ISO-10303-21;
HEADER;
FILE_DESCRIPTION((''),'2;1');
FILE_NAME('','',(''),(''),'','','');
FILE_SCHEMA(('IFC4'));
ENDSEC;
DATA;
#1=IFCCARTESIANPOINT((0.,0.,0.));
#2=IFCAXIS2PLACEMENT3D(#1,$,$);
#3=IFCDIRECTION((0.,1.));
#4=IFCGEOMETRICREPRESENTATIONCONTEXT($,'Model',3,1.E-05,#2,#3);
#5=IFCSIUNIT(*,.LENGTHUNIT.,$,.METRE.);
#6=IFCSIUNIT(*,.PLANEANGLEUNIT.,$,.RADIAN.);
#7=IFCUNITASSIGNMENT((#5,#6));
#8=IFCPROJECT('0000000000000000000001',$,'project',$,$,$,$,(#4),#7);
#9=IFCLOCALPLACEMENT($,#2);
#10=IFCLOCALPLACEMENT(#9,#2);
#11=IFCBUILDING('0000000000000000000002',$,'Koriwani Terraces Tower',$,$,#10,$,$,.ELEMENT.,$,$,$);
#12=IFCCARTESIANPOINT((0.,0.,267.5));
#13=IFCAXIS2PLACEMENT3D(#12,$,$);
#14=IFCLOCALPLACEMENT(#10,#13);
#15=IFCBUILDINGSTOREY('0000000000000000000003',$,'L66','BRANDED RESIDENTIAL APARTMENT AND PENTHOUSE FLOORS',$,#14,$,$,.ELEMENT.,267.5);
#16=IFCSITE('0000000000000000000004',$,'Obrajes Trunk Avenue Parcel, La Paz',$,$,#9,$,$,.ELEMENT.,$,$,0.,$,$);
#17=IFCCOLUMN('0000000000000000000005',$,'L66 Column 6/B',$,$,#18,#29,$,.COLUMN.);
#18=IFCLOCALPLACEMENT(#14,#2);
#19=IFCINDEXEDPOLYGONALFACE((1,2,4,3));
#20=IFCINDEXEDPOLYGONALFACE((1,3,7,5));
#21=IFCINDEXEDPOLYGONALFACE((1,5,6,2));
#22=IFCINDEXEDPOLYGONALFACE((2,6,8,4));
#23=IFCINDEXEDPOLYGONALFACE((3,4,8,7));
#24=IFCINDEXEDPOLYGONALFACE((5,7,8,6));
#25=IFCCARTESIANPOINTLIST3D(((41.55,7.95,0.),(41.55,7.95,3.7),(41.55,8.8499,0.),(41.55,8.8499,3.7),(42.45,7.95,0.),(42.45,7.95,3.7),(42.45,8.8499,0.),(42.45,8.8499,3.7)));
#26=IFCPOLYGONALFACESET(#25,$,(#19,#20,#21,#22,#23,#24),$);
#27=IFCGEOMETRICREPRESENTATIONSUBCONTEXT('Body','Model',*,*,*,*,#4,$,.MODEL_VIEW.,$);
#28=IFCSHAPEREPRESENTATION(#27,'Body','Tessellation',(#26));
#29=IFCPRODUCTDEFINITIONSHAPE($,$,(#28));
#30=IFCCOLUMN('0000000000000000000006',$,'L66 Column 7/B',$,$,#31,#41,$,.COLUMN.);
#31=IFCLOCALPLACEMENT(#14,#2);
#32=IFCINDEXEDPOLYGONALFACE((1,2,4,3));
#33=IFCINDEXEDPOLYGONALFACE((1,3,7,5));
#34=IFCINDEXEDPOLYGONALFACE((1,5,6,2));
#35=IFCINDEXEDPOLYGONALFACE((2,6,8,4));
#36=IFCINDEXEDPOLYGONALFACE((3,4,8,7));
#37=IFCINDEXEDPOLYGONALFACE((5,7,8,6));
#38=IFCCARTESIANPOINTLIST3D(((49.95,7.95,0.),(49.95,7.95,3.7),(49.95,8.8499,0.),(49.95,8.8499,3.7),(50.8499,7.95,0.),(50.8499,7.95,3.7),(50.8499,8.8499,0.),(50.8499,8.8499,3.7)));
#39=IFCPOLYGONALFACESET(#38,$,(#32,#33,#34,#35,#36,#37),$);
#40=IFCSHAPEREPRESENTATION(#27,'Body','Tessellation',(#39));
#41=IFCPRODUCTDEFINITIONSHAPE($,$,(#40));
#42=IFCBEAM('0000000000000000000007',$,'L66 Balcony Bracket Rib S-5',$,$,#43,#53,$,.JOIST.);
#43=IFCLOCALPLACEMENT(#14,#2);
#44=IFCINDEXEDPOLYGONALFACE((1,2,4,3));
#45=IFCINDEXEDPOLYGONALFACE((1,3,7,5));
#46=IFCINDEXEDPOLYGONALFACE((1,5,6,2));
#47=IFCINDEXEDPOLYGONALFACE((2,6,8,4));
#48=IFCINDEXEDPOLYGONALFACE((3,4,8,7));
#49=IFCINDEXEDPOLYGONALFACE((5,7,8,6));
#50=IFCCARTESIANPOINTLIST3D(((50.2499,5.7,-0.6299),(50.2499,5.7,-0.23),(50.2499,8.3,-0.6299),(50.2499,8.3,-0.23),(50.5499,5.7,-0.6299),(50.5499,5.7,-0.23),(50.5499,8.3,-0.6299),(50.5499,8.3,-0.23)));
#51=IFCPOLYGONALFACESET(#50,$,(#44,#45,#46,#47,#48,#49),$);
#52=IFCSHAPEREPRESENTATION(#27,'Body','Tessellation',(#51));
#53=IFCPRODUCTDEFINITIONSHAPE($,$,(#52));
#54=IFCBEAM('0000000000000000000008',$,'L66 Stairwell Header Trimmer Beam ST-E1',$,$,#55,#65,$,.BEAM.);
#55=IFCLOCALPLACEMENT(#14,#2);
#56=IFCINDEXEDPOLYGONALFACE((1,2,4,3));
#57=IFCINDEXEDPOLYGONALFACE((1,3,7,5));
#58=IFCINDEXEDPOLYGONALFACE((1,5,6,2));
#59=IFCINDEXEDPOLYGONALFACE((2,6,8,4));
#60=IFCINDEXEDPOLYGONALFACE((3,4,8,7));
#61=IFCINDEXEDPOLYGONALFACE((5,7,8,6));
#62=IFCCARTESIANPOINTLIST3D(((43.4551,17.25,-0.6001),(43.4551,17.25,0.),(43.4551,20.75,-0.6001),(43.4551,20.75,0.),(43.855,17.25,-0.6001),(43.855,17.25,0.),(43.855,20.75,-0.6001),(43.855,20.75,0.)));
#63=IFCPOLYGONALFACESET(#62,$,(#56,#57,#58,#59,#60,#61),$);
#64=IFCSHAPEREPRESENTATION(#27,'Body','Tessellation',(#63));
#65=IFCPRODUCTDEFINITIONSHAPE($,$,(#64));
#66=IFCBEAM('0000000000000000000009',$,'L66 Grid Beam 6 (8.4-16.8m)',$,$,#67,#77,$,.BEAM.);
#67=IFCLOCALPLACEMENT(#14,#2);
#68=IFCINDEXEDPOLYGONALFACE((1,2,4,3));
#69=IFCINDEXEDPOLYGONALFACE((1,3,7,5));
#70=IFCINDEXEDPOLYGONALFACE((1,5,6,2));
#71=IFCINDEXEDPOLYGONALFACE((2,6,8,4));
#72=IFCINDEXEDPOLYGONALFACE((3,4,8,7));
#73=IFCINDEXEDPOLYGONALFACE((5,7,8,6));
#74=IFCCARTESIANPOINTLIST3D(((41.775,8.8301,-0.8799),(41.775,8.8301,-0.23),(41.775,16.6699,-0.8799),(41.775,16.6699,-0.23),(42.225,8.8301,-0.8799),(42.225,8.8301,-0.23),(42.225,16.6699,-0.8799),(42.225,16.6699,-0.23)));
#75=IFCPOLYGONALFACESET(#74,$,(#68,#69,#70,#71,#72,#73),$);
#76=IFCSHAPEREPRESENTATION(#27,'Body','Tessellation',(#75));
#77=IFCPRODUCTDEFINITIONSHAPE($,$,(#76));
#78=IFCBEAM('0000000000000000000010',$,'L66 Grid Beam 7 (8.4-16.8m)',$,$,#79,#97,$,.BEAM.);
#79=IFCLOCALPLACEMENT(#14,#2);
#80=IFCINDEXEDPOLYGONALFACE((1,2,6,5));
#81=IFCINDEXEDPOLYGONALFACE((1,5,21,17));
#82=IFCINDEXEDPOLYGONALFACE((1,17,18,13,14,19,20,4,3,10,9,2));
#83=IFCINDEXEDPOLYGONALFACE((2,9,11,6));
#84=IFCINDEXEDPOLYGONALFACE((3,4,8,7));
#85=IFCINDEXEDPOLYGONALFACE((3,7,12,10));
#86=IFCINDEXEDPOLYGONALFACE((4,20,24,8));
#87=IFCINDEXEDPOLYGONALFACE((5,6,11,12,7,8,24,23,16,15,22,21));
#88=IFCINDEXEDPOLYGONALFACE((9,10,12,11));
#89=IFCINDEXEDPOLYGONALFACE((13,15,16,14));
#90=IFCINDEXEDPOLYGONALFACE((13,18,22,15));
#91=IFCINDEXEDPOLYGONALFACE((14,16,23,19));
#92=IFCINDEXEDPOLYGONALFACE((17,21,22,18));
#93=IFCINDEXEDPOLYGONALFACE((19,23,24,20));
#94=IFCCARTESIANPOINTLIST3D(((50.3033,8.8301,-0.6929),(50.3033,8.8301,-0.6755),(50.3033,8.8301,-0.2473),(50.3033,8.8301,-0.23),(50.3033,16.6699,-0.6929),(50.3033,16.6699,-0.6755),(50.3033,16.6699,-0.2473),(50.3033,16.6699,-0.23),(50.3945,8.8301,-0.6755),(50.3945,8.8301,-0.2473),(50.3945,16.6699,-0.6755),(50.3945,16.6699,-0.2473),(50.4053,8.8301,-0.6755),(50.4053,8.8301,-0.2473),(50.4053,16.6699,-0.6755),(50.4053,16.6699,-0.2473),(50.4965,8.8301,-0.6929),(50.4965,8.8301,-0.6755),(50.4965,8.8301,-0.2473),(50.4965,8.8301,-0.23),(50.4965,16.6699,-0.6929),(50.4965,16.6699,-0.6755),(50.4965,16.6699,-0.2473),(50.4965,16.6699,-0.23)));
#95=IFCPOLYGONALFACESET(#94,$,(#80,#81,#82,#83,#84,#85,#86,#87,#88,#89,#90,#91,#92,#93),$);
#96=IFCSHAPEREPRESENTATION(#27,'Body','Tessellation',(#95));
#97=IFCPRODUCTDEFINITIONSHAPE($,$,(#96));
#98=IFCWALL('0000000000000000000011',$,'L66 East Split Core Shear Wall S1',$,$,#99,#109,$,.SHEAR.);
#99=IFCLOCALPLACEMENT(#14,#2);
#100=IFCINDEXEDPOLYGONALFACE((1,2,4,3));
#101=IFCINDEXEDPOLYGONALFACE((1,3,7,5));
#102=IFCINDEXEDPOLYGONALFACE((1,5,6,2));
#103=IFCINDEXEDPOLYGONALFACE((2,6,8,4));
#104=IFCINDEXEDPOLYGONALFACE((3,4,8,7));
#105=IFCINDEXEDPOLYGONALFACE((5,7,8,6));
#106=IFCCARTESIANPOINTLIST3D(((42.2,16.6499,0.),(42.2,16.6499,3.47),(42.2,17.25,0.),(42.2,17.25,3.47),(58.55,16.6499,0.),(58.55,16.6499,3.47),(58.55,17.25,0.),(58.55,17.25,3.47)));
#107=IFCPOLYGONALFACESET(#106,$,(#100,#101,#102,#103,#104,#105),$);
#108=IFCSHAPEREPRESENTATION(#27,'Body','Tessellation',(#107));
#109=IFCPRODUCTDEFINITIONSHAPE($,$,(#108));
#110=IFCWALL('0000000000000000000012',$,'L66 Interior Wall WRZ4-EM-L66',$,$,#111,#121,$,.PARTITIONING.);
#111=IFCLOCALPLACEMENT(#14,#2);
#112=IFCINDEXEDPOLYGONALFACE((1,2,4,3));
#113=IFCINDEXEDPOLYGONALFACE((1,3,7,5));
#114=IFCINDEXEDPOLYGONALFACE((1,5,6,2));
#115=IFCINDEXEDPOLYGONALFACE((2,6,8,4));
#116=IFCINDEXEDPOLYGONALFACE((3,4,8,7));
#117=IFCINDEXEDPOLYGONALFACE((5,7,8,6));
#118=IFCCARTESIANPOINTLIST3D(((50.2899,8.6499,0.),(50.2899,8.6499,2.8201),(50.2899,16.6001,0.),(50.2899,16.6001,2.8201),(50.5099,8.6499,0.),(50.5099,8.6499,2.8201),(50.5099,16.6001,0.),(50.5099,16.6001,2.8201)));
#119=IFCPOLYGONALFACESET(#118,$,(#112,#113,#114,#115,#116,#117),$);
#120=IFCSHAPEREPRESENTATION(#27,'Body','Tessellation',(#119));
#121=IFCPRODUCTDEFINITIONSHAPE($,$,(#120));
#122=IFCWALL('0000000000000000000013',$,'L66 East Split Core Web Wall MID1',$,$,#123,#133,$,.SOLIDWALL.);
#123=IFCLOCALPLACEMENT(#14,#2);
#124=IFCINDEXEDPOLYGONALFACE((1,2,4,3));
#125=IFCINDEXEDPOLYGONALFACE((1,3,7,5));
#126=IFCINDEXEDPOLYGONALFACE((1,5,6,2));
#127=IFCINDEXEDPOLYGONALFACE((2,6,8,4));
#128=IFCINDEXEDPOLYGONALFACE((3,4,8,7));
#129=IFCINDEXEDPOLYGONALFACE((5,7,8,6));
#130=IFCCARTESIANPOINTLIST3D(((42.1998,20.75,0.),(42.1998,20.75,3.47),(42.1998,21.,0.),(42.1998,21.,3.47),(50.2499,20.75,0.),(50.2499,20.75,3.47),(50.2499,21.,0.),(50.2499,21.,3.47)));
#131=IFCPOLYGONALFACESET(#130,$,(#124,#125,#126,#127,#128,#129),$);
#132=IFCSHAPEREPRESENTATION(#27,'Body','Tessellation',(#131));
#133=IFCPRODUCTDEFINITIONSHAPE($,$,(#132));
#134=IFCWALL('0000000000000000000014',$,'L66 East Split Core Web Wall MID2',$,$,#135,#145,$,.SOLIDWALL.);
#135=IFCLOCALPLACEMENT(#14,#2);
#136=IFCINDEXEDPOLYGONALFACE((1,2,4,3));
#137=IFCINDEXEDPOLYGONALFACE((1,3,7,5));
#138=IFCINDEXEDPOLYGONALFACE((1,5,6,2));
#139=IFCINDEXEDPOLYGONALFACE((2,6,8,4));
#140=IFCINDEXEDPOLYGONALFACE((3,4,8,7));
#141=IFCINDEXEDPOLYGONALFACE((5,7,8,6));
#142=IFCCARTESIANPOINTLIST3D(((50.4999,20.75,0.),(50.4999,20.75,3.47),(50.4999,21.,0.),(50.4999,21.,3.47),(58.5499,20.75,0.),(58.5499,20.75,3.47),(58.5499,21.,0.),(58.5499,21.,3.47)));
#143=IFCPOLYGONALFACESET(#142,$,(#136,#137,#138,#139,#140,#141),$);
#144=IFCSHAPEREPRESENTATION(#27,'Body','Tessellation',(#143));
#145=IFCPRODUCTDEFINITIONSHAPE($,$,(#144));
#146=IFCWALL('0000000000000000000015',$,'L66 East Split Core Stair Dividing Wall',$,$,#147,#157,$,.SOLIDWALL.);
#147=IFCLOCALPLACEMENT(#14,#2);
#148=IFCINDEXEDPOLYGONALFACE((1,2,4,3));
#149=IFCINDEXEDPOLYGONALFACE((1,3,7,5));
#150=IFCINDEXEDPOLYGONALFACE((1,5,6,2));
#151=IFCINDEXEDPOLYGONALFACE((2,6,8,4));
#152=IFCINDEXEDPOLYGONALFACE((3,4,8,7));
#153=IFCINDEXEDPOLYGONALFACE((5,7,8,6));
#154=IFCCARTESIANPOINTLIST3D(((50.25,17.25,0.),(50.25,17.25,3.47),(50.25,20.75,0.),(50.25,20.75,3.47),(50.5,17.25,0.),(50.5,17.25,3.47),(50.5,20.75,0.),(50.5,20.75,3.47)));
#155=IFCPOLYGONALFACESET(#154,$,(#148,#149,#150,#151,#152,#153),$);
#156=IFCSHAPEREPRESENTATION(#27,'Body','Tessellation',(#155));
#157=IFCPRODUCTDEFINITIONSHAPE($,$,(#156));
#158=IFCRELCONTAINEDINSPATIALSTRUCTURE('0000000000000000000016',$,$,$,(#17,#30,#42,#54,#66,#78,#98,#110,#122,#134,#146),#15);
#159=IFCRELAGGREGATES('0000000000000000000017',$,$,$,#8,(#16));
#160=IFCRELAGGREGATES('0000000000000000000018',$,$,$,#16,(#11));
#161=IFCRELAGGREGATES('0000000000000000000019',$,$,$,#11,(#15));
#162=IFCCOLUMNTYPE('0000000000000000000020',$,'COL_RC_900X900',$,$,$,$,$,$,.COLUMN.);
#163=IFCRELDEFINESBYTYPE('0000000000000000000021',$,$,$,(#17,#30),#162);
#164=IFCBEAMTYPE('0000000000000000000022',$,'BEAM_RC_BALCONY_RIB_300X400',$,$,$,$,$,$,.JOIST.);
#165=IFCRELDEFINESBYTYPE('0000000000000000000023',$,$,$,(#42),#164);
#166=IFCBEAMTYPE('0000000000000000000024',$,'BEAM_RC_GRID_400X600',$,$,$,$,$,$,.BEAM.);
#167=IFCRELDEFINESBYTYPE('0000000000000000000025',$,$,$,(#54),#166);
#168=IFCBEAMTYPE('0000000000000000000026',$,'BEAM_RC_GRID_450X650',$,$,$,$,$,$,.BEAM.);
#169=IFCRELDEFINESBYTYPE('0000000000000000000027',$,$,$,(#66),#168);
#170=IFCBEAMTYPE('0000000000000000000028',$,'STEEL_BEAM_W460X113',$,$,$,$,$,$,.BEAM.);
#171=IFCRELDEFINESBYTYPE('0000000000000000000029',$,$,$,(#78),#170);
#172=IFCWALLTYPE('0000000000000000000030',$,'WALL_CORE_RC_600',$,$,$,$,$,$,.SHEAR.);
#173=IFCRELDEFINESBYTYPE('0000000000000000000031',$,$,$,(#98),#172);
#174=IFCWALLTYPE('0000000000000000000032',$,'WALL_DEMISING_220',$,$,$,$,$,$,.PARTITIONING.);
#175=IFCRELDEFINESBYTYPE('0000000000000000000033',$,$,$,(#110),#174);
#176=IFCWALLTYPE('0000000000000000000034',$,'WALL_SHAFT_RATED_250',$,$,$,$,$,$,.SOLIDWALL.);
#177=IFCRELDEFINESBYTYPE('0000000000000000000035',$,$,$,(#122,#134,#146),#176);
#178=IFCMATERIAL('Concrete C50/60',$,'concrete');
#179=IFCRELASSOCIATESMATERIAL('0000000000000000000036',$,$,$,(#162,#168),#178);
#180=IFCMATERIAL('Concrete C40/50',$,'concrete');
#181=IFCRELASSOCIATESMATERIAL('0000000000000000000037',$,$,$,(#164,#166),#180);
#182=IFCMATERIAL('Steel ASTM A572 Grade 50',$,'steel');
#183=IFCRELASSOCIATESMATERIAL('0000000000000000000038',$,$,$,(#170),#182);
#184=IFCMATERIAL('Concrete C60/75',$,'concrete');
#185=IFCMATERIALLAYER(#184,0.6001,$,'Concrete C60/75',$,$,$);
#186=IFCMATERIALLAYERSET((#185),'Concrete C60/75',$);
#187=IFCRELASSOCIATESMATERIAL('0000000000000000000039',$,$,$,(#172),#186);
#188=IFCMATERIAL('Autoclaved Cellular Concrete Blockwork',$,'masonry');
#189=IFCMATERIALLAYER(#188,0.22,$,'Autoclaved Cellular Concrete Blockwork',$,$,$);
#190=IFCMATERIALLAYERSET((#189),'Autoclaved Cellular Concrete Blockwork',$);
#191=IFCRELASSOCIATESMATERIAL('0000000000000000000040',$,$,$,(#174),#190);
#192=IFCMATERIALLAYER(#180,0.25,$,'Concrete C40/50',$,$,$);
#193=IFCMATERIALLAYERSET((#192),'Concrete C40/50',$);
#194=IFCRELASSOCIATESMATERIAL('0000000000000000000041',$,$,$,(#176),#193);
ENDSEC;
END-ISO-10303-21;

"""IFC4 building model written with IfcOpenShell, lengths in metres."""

from ifc_helpers import new_model, si_unit, direction, frame, frame_2d, origin, origin_2d, place, context, subcontext, project, spatial, rectangle, i_section, extrude, material, layer, layer_set, material_profile, profile_set, type_object, element, save


model = new_model("IFC4")

# Units and contexts
model_context = context("Model", 3, precision=1e-05, world=origin(), true_north=direction((0.0, 1.0)))
body_context = subcontext(model_context, "Body", "Model", "MODEL_VIEW")
ifc_project = project(units=[si_unit("LENGTHUNIT", "METRE"), si_unit("PLANEANGLEUNIT", "RADIAN")], contexts=[model_context])

# Site, building, storey
site_placement = place(None, origin())
site = spatial("IfcSite", under=ifc_project, at=site_placement, Name="Obrajes Trunk Avenue Parcel, La Paz", CompositionType="ELEMENT", RefElevation=0.0)
building_placement = place(site_placement, origin())
building = spatial("IfcBuilding", under=site, at=building_placement, Name="Koriwani Terraces Tower", CompositionType="ELEMENT")
storey_placement = place(building_placement, frame((0.0, 0.0, 267.5)))
storey = spatial("IfcBuildingStorey", under=building, at=storey_placement, Name="L66", Description="BRANDED RESIDENTIAL APARTMENT AND PENTHOUSE FLOORS", CompositionType="ELEMENT", Elevation=267.5)

# Columns
ifc_material_1 = material(Name="Concrete C50/60", Category="concrete")
ifc_material_profile_1 = material_profile(ifc_material_1, rectangle(XDim=0.8999, YDim=0.8999, at=origin_2d()), Name="Concrete C50/60", Category="LoadBearing")
ifc_profile_set_1 = profile_set([ifc_material_profile_1], Name="Concrete C50/60")
column_type = type_object("IfcColumnType", Name="COL_RC_900X900", PredefinedType="COLUMN", material=ifc_profile_set_1)
for number, where, z_axis, x_axis, name in (
    (1, (42.0, 8.3999, 0.0), (0.0, 0.0, 1.0), (1.0, 0.0, 0.0), "L66 Column 6/B"),
    (2, (50.3999, 8.3999, 0.0), (0.0, 0.0, 1.0), (1.0, 0.0, 0.0), "L66 Column 7/B"),
):
    element("IfcColumn", number, at=place(storey_placement, frame(where, z_axis=z_axis, x_axis=x_axis)), inside=storey, type_object=column_type, Name=name, PredefinedType="COLUMN", context=body_context, shape_type="SweptSolid", body=[
        extrude(rectangle(XDim=0.8999, YDim=0.8999, at=origin_2d()), origin(), (0.0, 0.0, 1.0), 3.7),
    ])

# Beams
ifc_material_2 = material(Name="Concrete C40/50", Category="concrete")
ifc_material_profile_2 = material_profile(ifc_material_2, rectangle(XDim=0.3, YDim=0.3999, at=origin_2d()), Name="Concrete C40/50", Category="LoadBearing")
ifc_profile_set_2 = profile_set([ifc_material_profile_2], Name="Concrete C40/50")
beam_type_1 = type_object("IfcBeamType", Name="BEAM_RC_BALCONY_RIB_300X400", PredefinedType="JOIST", material=ifc_profile_set_2)
beam_1_placement = place(storey_placement, frame((50.3999, 5.7, -0.4299), z_axis=(0.0, 1.0, 0.0), x_axis=(-1.0, 0.0, 0.0)))
element("IfcBeam", 3, at=beam_1_placement, inside=storey, type_object=beam_type_1, Name="L66 Balcony Bracket Rib S-5", PredefinedType="JOIST", context=body_context, shape_type="SweptSolid", body=[
    extrude(rectangle(XDim=0.3, YDim=0.3999, at=origin_2d()), origin(), (0.0, 0.0, 1.0), 2.6001),
])
ifc_material_profile_3 = material_profile(ifc_material_2, rectangle(XDim=0.3999, YDim=0.6001, at=origin_2d()), Name="Concrete C40/50", Category="LoadBearing")
ifc_profile_set_3 = profile_set([ifc_material_profile_3], Name="Concrete C40/50")
beam_type_2 = type_object("IfcBeamType", Name="BEAM_RC_GRID_400X600", PredefinedType="BEAM", material=ifc_profile_set_3)
beam_2_placement = place(storey_placement, frame((43.655, 17.25, -0.3), z_axis=(0.0, 1.0, 0.0), x_axis=(-1.0, 0.0, 0.0)))
element("IfcBeam", 4, at=beam_2_placement, inside=storey, type_object=beam_type_2, Name="L66 Stairwell Header Trimmer Beam ST-E1", PredefinedType="BEAM", context=body_context, shape_type="SweptSolid", body=[
    extrude(rectangle(XDim=0.3999, YDim=0.6001, at=origin_2d()), origin(), (0.0, 0.0, 1.0), 3.5),
])
ifc_material_profile_4 = material_profile(ifc_material_1, rectangle(XDim=0.45, YDim=0.6499, at=origin_2d()), Name="Concrete C50/60", Category="LoadBearing")
ifc_profile_set_4 = profile_set([ifc_material_profile_4], Name="Concrete C50/60")
beam_type_3 = type_object("IfcBeamType", Name="BEAM_RC_GRID_450X650", PredefinedType="BEAM", material=ifc_profile_set_4)
beam_3_placement = place(storey_placement, frame((42.0, 8.8301, -0.5549), z_axis=(0.0, 1.0, 0.0), x_axis=(-1.0, 0.0, 0.0)))
element("IfcBeam", 5, at=beam_3_placement, inside=storey, type_object=beam_type_3, Name="L66 Grid Beam 6 (8.4-16.8m)", PredefinedType="BEAM", context=body_context, shape_type="SweptSolid", body=[
    extrude(rectangle(XDim=0.45, YDim=0.6499, at=origin_2d()), origin(), (0.0, 0.0, 1.0), 7.8398),
])
ifc_material_3 = material(Name="Steel ASTM A572 Grade 50", Category="steel")
ifc_material_profile_5 = material_profile(ifc_material_3, i_section(OverallWidth=0.1931, OverallDepth=0.4629, WebThickness=0.0107, FlangeThickness=0.0173, at=origin_2d()), Name="Steel ASTM A572 Grade 50", Category="LoadBearing")
ifc_profile_set_5 = profile_set([ifc_material_profile_5], Name="Steel ASTM A572 Grade 50")
beam_type_4 = type_object("IfcBeamType", Name="STEEL_BEAM_W460X113", PredefinedType="BEAM", material=ifc_profile_set_5)
beam_4_placement = place(storey_placement, frame((50.3999, 8.8301, -0.4614), z_axis=(0.0, 1.0, 0.0), x_axis=(-1.0, 0.0, 0.0)))
element("IfcBeam", 6, at=beam_4_placement, inside=storey, type_object=beam_type_4, Name="L66 Grid Beam 7 (8.4-16.8m)", PredefinedType="BEAM", context=body_context, shape_type="SweptSolid", body=[
    extrude(i_section(OverallWidth=0.1931, OverallDepth=0.4629, WebThickness=0.0107, FlangeThickness=0.0173, at=origin_2d()), origin(), (0.0, 0.0, 1.0), 7.8398),
])

# Walls
ifc_material_4 = material(Name="Concrete C60/75", Category="concrete")
ifc_layer_1 = layer(ifc_material_4, 0.6001, Name="Concrete C60/75")
ifc_layer_set_1 = layer_set([ifc_layer_1], Name="Concrete C60/75")
wall_type_1 = type_object("IfcWallType", Name="WALL_CORE_RC_600", PredefinedType="SHEAR", material=ifc_layer_set_1)
wall_1_placement = place(storey_placement, frame((42.2, 16.95, 0.0), z_axis=(0.0, 0.0, 1.0), x_axis=(1.0, 0.0, 0.0)))
element("IfcWall", 7, at=wall_1_placement, inside=storey, type_object=wall_type_1, Name="L66 East Split Core Shear Wall S1", PredefinedType="SHEAR", context=body_context, shape_type="SweptSolid", body=[
    extrude(rectangle(XDim=16.3501, YDim=0.6001, at=frame_2d((8.175, 0.0))), origin(), (0.0, 0.0, 1.0), 3.47),
])
ifc_material_5 = material(Name="Autoclaved Cellular Concrete Blockwork", Category="masonry")
ifc_layer_2 = layer(ifc_material_5, 0.22, Name="Autoclaved Cellular Concrete Blockwork")
ifc_layer_set_2 = layer_set([ifc_layer_2], Name="Autoclaved Cellular Concrete Blockwork")
wall_type_2 = type_object("IfcWallType", Name="WALL_DEMISING_220", PredefinedType="PARTITIONING", material=ifc_layer_set_2)
wall_2_placement = place(storey_placement, frame((50.3999, 8.6499, 0.0), z_axis=(0.0, 0.0, 1.0), x_axis=(0.0, 1.0, 0.0)))
element("IfcWall", 8, at=wall_2_placement, inside=storey, type_object=wall_type_2, Name="L66 Interior Wall WRZ4-EM-L66", PredefinedType="PARTITIONING", context=body_context, shape_type="SweptSolid", body=[
    extrude(rectangle(XDim=7.9502, YDim=0.22, at=frame_2d((3.9751, 0.0))), origin(), (0.0, 0.0, 1.0), 2.8201),
])
ifc_layer_3 = layer(ifc_material_2, 0.25, Name="Concrete C40/50")
ifc_layer_set_3 = layer_set([ifc_layer_3], Name="Concrete C40/50")
wall_type_3 = type_object("IfcWallType", Name="WALL_SHAFT_RATED_250", PredefinedType="SOLIDWALL", material=ifc_layer_set_3)
for number, where, z_axis, x_axis, name in (
    (9, (42.2, 20.875, 0.0), (0.0, 0.0, 1.0), (1.0, 0.0, 0.0), "L66 East Split Core Web Wall MID1"),
    (10, (50.5, 20.875, 0.0), (0.0, 0.0, 1.0), (1.0, 0.0, 0.0), "L66 East Split Core Web Wall MID2"),
):
    element("IfcWall", number, at=place(storey_placement, frame(where, z_axis=z_axis, x_axis=x_axis)), inside=storey, type_object=wall_type_3, Name=name, PredefinedType="SOLIDWALL", context=body_context, shape_type="SweptSolid", body=[
        extrude(rectangle(XDim=8.05, YDim=0.25, at=frame_2d((4.0249, 0.0))), origin(), (0.0, 0.0, 1.0), 3.47),
    ])
wall_3_placement = place(storey_placement, frame((50.375, 17.25, 0.0), z_axis=(0.0, 0.0, 1.0), x_axis=(0.0, 1.0, 0.0)))
element("IfcWall", 11, at=wall_3_placement, inside=storey, type_object=wall_type_3, Name="L66 East Split Core Stair Dividing Wall", PredefinedType="SOLIDWALL", context=body_context, shape_type="SweptSolid", body=[
    extrude(rectangle(XDim=3.5, YDim=0.25, at=frame_2d((1.75, 0.0))), origin(), (0.0, 0.0, 1.0), 3.47),
])

save(model, "model.ifc")
